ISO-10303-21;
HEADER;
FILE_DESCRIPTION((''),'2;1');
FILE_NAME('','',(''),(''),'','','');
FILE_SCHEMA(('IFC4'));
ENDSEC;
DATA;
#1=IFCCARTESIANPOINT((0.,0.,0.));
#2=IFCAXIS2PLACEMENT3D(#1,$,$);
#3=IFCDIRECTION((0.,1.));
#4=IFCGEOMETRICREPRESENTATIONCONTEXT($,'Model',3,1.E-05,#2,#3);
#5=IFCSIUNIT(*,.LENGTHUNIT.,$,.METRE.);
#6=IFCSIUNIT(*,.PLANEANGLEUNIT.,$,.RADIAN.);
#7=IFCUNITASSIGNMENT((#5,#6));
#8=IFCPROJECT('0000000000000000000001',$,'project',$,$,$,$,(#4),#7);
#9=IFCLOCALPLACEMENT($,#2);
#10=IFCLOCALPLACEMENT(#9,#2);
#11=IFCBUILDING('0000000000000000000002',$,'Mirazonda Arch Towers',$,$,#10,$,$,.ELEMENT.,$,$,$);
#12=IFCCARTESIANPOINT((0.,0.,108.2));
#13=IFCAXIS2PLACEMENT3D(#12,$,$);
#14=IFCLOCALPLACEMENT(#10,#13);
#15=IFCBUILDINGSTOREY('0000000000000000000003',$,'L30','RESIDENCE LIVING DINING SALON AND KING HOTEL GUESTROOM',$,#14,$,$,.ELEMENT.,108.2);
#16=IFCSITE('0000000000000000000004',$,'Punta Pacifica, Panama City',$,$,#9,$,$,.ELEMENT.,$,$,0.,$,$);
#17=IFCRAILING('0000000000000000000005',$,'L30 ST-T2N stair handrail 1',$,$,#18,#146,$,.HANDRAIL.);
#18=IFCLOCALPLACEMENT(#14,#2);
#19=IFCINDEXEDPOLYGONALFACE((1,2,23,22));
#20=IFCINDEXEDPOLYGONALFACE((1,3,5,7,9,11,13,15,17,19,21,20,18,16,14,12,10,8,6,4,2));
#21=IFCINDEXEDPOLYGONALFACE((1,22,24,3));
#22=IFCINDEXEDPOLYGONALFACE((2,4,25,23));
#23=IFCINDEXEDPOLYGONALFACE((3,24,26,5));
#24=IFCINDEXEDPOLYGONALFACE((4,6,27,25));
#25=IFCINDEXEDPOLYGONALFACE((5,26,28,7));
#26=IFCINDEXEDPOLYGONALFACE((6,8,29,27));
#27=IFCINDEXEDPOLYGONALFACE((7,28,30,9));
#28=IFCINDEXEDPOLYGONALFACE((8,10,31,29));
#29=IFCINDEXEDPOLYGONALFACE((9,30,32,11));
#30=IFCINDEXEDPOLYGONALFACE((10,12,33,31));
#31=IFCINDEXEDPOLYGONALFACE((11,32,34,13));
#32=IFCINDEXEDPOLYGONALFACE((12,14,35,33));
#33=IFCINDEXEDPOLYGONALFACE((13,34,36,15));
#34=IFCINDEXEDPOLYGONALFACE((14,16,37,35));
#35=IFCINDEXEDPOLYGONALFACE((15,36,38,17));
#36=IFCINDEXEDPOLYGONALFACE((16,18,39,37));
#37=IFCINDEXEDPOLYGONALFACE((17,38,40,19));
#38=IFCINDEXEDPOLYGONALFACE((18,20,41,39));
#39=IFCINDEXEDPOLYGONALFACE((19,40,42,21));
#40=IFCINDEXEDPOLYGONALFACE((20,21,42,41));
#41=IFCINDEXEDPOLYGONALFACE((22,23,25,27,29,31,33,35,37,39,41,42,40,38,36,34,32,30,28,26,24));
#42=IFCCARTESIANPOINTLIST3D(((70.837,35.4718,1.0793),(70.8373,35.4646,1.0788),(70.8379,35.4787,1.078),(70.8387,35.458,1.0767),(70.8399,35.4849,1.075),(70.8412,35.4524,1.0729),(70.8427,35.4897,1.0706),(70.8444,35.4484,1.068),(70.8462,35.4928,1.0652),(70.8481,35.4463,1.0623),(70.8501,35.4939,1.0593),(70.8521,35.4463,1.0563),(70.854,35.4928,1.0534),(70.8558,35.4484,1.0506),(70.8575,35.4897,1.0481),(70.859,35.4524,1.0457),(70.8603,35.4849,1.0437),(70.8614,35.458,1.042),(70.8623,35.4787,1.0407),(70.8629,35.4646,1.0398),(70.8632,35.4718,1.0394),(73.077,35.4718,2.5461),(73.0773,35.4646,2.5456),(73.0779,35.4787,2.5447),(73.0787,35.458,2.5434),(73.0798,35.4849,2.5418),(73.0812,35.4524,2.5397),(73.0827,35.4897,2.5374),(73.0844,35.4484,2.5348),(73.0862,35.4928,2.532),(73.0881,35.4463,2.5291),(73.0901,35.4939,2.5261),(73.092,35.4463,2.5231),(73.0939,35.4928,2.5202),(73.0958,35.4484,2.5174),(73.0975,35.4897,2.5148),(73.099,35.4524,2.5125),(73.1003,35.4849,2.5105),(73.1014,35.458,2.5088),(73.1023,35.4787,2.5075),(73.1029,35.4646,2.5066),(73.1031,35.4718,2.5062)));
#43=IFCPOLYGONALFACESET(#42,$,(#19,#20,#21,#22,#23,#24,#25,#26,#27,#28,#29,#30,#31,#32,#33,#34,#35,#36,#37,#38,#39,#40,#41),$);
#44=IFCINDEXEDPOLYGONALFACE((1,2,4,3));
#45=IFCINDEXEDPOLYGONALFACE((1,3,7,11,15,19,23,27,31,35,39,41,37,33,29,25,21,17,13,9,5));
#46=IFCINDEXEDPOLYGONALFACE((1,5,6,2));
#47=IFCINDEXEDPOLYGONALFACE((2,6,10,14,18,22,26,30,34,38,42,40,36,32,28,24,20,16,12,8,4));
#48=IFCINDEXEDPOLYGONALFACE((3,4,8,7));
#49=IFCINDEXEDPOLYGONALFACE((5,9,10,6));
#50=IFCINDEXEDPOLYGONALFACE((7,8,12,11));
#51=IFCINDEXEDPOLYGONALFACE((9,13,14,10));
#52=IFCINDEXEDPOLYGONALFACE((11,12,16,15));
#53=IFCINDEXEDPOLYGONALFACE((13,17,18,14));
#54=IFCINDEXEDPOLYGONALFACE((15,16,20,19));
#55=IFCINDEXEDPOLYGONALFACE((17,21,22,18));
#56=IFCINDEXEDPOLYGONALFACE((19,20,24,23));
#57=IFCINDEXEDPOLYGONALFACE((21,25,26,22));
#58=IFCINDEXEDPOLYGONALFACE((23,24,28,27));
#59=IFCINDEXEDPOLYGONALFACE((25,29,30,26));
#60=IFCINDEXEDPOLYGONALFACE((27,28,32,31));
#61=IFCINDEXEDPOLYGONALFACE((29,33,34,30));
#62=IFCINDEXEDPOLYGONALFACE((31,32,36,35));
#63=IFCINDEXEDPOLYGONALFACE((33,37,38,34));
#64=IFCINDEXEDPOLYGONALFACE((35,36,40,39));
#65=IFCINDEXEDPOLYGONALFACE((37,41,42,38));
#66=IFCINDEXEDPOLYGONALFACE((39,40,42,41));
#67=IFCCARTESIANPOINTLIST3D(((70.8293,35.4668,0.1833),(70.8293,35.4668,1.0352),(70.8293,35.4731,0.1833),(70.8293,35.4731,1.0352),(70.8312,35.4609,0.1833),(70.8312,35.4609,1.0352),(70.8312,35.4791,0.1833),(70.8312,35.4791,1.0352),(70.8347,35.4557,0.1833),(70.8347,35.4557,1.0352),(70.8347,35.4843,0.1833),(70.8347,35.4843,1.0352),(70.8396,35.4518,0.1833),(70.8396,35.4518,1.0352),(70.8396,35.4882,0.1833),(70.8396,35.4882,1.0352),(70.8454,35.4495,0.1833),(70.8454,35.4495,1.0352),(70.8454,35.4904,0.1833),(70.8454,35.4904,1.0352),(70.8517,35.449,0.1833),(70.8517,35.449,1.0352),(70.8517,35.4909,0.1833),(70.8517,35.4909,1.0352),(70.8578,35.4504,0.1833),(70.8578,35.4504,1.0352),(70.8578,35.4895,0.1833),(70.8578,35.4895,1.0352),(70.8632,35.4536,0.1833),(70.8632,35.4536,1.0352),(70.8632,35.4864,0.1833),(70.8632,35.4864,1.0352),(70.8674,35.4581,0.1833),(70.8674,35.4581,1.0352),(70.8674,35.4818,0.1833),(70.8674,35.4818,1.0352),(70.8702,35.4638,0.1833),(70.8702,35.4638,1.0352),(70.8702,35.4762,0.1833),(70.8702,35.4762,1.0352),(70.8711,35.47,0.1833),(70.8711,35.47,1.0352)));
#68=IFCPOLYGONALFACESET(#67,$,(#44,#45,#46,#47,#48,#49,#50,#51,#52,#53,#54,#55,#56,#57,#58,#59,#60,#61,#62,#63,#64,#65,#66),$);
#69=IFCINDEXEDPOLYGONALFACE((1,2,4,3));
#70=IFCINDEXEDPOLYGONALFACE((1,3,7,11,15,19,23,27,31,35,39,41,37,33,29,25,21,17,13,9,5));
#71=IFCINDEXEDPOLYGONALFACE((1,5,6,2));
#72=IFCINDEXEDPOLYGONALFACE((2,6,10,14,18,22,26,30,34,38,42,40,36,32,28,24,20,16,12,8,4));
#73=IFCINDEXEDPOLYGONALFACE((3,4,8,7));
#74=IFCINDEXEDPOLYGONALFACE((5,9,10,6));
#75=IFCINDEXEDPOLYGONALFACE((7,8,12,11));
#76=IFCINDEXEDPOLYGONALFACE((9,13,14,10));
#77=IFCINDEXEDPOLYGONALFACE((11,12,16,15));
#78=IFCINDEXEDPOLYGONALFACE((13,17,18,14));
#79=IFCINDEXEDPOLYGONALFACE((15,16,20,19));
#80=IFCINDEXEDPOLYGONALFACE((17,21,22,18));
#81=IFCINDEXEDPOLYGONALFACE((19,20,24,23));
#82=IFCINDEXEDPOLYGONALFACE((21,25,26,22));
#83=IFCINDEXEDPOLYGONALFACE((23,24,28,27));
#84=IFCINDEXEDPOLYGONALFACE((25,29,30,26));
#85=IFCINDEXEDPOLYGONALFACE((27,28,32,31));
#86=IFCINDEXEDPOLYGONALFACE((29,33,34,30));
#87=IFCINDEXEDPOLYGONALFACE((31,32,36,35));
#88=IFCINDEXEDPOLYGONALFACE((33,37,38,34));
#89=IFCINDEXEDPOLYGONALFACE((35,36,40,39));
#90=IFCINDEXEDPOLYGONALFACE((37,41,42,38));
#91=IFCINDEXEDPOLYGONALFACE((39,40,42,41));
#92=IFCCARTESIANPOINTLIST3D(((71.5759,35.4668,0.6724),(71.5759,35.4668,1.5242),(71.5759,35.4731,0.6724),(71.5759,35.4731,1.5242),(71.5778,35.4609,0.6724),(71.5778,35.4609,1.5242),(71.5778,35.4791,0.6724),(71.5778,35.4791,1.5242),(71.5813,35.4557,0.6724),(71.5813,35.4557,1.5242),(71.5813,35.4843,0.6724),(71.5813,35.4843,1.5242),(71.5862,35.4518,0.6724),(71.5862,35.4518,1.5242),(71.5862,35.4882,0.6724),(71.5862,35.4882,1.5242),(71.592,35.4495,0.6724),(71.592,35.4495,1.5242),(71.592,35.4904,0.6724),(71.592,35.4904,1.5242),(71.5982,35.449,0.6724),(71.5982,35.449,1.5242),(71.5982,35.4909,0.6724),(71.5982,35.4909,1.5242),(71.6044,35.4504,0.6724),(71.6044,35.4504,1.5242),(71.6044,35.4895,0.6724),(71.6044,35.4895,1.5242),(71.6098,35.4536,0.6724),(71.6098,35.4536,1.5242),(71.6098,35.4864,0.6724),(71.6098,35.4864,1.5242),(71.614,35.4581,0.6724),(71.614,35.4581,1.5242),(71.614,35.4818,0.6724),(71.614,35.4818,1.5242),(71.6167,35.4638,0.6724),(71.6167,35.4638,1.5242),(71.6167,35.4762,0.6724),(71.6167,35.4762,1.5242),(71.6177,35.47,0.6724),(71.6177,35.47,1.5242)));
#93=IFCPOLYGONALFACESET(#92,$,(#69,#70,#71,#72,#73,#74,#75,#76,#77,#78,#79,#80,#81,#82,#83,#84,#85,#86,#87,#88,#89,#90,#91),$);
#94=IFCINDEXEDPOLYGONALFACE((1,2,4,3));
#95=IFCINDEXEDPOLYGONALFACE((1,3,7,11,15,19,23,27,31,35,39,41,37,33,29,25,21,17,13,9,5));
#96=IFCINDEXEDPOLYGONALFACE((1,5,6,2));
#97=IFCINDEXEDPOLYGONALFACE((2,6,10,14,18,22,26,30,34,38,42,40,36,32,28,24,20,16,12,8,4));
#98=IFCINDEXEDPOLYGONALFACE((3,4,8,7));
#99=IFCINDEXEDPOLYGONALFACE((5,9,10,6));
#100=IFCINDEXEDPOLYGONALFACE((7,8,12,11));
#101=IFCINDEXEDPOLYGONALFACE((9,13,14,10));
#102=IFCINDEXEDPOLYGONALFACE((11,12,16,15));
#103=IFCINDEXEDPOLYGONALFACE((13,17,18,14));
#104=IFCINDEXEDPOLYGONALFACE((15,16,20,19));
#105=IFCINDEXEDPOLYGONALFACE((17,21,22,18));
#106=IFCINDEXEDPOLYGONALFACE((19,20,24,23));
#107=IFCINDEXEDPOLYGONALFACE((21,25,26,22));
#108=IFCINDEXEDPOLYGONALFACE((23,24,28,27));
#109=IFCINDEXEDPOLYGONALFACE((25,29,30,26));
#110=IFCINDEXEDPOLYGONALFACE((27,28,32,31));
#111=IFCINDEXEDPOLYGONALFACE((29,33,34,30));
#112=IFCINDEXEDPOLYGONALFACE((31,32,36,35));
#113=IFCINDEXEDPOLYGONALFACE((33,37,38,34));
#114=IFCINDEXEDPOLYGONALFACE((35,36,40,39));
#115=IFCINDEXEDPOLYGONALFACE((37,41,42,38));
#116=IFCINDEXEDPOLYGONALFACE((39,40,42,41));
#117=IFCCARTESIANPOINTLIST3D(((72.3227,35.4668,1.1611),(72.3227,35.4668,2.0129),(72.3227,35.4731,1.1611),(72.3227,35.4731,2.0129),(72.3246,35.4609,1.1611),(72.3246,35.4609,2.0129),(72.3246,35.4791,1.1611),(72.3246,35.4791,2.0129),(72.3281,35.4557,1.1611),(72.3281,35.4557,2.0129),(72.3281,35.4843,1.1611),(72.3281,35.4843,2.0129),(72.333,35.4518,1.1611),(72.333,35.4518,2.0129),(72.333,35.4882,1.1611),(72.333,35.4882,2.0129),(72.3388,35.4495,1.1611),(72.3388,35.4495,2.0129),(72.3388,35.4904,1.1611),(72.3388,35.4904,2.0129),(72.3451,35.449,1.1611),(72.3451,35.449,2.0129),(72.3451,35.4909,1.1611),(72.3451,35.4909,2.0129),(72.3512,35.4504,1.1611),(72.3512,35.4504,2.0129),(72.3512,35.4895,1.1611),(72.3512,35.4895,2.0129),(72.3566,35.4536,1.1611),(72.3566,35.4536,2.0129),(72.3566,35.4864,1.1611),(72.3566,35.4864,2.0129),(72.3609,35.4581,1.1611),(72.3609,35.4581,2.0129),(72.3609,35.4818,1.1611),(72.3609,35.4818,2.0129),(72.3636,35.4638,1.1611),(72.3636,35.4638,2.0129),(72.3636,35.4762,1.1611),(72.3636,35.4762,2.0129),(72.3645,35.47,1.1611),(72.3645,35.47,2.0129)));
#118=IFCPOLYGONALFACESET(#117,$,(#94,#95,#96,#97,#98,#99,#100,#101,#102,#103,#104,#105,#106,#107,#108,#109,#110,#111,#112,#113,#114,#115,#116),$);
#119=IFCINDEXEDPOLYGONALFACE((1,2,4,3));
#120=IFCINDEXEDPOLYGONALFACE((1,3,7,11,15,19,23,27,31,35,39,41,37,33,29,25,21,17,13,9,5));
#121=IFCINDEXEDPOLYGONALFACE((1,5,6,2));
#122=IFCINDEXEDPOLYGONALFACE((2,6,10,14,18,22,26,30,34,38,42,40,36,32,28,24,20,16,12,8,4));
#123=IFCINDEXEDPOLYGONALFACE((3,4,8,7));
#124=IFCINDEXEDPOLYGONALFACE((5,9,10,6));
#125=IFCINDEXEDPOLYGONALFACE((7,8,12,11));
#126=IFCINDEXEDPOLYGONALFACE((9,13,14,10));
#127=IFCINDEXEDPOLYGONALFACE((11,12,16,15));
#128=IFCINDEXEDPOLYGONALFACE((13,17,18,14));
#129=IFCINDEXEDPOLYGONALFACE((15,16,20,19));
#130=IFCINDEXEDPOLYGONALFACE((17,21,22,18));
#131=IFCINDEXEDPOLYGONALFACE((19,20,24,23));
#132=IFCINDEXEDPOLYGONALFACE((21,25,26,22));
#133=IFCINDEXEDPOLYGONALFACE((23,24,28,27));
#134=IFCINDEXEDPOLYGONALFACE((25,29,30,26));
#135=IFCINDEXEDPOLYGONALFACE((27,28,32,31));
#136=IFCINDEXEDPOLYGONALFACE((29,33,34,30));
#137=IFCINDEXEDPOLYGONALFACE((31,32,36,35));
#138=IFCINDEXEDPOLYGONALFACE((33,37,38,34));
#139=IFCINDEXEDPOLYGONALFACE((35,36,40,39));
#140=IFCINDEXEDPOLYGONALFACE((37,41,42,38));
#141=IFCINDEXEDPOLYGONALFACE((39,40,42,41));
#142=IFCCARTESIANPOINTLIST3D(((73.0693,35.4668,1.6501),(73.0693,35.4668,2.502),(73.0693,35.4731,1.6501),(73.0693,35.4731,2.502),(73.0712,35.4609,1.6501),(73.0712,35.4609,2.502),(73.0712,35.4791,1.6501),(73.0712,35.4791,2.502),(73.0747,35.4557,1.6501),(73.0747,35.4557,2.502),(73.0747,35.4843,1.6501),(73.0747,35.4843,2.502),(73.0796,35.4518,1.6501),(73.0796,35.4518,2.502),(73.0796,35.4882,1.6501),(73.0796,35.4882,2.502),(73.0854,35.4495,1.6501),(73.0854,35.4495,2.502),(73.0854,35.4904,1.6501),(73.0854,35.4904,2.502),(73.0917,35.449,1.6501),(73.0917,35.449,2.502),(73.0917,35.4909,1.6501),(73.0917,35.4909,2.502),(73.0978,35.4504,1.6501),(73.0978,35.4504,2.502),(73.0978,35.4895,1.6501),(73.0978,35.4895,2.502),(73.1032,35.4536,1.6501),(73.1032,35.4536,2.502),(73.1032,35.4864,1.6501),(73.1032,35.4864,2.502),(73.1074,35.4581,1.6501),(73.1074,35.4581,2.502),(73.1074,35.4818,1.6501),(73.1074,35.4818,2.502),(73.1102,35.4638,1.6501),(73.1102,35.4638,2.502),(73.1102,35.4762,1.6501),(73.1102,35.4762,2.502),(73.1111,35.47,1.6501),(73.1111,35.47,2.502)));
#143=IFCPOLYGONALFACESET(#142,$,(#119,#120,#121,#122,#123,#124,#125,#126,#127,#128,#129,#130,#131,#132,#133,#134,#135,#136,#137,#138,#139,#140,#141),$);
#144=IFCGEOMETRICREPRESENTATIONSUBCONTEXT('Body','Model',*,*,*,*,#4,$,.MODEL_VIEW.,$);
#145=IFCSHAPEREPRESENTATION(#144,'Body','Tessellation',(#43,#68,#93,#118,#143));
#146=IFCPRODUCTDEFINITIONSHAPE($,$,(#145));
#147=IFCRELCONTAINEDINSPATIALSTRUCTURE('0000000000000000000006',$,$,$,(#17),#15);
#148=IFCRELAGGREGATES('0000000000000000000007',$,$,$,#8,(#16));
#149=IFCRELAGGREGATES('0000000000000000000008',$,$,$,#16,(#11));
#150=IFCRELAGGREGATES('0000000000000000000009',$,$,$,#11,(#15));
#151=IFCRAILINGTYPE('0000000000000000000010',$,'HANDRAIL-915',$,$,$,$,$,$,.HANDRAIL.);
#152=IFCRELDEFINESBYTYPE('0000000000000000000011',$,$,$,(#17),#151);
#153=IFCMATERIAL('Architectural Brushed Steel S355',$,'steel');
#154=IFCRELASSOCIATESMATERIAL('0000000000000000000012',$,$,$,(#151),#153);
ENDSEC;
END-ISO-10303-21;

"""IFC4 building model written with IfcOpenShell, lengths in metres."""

from ifc_helpers import new_model, si_unit, direction, frame, origin, origin_2d, place, context, subcontext, project, spatial, circle, extrude, material, type_object, element, save


model = new_model("IFC4")

# Units and contexts
model_context = context("Model", 3, precision=1e-05, world=origin(), true_north=direction((0.0, 1.0)))
body_context = subcontext(model_context, "Body", "Model", "MODEL_VIEW")
ifc_project = project(units=[si_unit("LENGTHUNIT", "METRE"), si_unit("PLANEANGLEUNIT", "RADIAN")], contexts=[model_context])

# Site, building, storey
site_placement = place(None, origin())
site = spatial("IfcSite", under=ifc_project, at=site_placement, Name="Punta Pacifica, Panama City", CompositionType="ELEMENT", RefElevation=0.0)
building_placement = place(site_placement, origin())
building = spatial("IfcBuilding", under=site, at=building_placement, Name="Mirazonda Arch Towers", CompositionType="ELEMENT")
storey_placement = place(building_placement, frame((0.0, 0.0, 108.2)))
storey = spatial("IfcBuildingStorey", under=building, at=storey_placement, Name="L30", Description="RESIDENCE LIVING DINING SALON AND KING HOTEL GUESTROOM", CompositionType="ELEMENT", Elevation=108.2)

# Shared definitions
ifc_material_1 = material(Name="Architectural Brushed Steel S355", Category="steel")

# Railing
railing_type = type_object("IfcRailingType", Name="HANDRAIL-915", PredefinedType="HANDRAIL", material=ifc_material_1)
railing_placement = place(storey_placement, frame((70.8501, 35.47, 0.1833)))
element("IfcRailing", 1, at=railing_placement, inside=storey, type_object=railing_type, Name="L30 ST-T2N stair handrail 1", PredefinedType="HANDRAIL", context=body_context, shape_type="SweptSolid", body=[
    extrude(circle(Radius=0.0239, at=origin_2d()), frame((0.0, 0.0, 0.876), z_axis=(0.836595, 0.0, 0.547822), x_axis=(0.0, 1.0, 0.0)), (0.0, 0.0, 1.0), 2.6775),
    extrude(circle(Radius=0.021, at=origin_2d()), origin(), (0.0, 0.0, 1.0), 0.8518),
    extrude(circle(Radius=0.021, at=origin_2d()), frame((0.7466, 0.0, 0.489)), (0.0, 0.0, 1.0), 0.8518),
    extrude(circle(Radius=0.021, at=origin_2d()), frame((1.4934, 0.0, 0.9778)), (0.0, 0.0, 1.0), 0.8518),
    extrude(circle(Radius=0.021, at=origin_2d()), frame((2.24, 0.0, 1.4668)), (0.0, 0.0, 1.0), 0.8518),
])

save(model, "model.ifc")
